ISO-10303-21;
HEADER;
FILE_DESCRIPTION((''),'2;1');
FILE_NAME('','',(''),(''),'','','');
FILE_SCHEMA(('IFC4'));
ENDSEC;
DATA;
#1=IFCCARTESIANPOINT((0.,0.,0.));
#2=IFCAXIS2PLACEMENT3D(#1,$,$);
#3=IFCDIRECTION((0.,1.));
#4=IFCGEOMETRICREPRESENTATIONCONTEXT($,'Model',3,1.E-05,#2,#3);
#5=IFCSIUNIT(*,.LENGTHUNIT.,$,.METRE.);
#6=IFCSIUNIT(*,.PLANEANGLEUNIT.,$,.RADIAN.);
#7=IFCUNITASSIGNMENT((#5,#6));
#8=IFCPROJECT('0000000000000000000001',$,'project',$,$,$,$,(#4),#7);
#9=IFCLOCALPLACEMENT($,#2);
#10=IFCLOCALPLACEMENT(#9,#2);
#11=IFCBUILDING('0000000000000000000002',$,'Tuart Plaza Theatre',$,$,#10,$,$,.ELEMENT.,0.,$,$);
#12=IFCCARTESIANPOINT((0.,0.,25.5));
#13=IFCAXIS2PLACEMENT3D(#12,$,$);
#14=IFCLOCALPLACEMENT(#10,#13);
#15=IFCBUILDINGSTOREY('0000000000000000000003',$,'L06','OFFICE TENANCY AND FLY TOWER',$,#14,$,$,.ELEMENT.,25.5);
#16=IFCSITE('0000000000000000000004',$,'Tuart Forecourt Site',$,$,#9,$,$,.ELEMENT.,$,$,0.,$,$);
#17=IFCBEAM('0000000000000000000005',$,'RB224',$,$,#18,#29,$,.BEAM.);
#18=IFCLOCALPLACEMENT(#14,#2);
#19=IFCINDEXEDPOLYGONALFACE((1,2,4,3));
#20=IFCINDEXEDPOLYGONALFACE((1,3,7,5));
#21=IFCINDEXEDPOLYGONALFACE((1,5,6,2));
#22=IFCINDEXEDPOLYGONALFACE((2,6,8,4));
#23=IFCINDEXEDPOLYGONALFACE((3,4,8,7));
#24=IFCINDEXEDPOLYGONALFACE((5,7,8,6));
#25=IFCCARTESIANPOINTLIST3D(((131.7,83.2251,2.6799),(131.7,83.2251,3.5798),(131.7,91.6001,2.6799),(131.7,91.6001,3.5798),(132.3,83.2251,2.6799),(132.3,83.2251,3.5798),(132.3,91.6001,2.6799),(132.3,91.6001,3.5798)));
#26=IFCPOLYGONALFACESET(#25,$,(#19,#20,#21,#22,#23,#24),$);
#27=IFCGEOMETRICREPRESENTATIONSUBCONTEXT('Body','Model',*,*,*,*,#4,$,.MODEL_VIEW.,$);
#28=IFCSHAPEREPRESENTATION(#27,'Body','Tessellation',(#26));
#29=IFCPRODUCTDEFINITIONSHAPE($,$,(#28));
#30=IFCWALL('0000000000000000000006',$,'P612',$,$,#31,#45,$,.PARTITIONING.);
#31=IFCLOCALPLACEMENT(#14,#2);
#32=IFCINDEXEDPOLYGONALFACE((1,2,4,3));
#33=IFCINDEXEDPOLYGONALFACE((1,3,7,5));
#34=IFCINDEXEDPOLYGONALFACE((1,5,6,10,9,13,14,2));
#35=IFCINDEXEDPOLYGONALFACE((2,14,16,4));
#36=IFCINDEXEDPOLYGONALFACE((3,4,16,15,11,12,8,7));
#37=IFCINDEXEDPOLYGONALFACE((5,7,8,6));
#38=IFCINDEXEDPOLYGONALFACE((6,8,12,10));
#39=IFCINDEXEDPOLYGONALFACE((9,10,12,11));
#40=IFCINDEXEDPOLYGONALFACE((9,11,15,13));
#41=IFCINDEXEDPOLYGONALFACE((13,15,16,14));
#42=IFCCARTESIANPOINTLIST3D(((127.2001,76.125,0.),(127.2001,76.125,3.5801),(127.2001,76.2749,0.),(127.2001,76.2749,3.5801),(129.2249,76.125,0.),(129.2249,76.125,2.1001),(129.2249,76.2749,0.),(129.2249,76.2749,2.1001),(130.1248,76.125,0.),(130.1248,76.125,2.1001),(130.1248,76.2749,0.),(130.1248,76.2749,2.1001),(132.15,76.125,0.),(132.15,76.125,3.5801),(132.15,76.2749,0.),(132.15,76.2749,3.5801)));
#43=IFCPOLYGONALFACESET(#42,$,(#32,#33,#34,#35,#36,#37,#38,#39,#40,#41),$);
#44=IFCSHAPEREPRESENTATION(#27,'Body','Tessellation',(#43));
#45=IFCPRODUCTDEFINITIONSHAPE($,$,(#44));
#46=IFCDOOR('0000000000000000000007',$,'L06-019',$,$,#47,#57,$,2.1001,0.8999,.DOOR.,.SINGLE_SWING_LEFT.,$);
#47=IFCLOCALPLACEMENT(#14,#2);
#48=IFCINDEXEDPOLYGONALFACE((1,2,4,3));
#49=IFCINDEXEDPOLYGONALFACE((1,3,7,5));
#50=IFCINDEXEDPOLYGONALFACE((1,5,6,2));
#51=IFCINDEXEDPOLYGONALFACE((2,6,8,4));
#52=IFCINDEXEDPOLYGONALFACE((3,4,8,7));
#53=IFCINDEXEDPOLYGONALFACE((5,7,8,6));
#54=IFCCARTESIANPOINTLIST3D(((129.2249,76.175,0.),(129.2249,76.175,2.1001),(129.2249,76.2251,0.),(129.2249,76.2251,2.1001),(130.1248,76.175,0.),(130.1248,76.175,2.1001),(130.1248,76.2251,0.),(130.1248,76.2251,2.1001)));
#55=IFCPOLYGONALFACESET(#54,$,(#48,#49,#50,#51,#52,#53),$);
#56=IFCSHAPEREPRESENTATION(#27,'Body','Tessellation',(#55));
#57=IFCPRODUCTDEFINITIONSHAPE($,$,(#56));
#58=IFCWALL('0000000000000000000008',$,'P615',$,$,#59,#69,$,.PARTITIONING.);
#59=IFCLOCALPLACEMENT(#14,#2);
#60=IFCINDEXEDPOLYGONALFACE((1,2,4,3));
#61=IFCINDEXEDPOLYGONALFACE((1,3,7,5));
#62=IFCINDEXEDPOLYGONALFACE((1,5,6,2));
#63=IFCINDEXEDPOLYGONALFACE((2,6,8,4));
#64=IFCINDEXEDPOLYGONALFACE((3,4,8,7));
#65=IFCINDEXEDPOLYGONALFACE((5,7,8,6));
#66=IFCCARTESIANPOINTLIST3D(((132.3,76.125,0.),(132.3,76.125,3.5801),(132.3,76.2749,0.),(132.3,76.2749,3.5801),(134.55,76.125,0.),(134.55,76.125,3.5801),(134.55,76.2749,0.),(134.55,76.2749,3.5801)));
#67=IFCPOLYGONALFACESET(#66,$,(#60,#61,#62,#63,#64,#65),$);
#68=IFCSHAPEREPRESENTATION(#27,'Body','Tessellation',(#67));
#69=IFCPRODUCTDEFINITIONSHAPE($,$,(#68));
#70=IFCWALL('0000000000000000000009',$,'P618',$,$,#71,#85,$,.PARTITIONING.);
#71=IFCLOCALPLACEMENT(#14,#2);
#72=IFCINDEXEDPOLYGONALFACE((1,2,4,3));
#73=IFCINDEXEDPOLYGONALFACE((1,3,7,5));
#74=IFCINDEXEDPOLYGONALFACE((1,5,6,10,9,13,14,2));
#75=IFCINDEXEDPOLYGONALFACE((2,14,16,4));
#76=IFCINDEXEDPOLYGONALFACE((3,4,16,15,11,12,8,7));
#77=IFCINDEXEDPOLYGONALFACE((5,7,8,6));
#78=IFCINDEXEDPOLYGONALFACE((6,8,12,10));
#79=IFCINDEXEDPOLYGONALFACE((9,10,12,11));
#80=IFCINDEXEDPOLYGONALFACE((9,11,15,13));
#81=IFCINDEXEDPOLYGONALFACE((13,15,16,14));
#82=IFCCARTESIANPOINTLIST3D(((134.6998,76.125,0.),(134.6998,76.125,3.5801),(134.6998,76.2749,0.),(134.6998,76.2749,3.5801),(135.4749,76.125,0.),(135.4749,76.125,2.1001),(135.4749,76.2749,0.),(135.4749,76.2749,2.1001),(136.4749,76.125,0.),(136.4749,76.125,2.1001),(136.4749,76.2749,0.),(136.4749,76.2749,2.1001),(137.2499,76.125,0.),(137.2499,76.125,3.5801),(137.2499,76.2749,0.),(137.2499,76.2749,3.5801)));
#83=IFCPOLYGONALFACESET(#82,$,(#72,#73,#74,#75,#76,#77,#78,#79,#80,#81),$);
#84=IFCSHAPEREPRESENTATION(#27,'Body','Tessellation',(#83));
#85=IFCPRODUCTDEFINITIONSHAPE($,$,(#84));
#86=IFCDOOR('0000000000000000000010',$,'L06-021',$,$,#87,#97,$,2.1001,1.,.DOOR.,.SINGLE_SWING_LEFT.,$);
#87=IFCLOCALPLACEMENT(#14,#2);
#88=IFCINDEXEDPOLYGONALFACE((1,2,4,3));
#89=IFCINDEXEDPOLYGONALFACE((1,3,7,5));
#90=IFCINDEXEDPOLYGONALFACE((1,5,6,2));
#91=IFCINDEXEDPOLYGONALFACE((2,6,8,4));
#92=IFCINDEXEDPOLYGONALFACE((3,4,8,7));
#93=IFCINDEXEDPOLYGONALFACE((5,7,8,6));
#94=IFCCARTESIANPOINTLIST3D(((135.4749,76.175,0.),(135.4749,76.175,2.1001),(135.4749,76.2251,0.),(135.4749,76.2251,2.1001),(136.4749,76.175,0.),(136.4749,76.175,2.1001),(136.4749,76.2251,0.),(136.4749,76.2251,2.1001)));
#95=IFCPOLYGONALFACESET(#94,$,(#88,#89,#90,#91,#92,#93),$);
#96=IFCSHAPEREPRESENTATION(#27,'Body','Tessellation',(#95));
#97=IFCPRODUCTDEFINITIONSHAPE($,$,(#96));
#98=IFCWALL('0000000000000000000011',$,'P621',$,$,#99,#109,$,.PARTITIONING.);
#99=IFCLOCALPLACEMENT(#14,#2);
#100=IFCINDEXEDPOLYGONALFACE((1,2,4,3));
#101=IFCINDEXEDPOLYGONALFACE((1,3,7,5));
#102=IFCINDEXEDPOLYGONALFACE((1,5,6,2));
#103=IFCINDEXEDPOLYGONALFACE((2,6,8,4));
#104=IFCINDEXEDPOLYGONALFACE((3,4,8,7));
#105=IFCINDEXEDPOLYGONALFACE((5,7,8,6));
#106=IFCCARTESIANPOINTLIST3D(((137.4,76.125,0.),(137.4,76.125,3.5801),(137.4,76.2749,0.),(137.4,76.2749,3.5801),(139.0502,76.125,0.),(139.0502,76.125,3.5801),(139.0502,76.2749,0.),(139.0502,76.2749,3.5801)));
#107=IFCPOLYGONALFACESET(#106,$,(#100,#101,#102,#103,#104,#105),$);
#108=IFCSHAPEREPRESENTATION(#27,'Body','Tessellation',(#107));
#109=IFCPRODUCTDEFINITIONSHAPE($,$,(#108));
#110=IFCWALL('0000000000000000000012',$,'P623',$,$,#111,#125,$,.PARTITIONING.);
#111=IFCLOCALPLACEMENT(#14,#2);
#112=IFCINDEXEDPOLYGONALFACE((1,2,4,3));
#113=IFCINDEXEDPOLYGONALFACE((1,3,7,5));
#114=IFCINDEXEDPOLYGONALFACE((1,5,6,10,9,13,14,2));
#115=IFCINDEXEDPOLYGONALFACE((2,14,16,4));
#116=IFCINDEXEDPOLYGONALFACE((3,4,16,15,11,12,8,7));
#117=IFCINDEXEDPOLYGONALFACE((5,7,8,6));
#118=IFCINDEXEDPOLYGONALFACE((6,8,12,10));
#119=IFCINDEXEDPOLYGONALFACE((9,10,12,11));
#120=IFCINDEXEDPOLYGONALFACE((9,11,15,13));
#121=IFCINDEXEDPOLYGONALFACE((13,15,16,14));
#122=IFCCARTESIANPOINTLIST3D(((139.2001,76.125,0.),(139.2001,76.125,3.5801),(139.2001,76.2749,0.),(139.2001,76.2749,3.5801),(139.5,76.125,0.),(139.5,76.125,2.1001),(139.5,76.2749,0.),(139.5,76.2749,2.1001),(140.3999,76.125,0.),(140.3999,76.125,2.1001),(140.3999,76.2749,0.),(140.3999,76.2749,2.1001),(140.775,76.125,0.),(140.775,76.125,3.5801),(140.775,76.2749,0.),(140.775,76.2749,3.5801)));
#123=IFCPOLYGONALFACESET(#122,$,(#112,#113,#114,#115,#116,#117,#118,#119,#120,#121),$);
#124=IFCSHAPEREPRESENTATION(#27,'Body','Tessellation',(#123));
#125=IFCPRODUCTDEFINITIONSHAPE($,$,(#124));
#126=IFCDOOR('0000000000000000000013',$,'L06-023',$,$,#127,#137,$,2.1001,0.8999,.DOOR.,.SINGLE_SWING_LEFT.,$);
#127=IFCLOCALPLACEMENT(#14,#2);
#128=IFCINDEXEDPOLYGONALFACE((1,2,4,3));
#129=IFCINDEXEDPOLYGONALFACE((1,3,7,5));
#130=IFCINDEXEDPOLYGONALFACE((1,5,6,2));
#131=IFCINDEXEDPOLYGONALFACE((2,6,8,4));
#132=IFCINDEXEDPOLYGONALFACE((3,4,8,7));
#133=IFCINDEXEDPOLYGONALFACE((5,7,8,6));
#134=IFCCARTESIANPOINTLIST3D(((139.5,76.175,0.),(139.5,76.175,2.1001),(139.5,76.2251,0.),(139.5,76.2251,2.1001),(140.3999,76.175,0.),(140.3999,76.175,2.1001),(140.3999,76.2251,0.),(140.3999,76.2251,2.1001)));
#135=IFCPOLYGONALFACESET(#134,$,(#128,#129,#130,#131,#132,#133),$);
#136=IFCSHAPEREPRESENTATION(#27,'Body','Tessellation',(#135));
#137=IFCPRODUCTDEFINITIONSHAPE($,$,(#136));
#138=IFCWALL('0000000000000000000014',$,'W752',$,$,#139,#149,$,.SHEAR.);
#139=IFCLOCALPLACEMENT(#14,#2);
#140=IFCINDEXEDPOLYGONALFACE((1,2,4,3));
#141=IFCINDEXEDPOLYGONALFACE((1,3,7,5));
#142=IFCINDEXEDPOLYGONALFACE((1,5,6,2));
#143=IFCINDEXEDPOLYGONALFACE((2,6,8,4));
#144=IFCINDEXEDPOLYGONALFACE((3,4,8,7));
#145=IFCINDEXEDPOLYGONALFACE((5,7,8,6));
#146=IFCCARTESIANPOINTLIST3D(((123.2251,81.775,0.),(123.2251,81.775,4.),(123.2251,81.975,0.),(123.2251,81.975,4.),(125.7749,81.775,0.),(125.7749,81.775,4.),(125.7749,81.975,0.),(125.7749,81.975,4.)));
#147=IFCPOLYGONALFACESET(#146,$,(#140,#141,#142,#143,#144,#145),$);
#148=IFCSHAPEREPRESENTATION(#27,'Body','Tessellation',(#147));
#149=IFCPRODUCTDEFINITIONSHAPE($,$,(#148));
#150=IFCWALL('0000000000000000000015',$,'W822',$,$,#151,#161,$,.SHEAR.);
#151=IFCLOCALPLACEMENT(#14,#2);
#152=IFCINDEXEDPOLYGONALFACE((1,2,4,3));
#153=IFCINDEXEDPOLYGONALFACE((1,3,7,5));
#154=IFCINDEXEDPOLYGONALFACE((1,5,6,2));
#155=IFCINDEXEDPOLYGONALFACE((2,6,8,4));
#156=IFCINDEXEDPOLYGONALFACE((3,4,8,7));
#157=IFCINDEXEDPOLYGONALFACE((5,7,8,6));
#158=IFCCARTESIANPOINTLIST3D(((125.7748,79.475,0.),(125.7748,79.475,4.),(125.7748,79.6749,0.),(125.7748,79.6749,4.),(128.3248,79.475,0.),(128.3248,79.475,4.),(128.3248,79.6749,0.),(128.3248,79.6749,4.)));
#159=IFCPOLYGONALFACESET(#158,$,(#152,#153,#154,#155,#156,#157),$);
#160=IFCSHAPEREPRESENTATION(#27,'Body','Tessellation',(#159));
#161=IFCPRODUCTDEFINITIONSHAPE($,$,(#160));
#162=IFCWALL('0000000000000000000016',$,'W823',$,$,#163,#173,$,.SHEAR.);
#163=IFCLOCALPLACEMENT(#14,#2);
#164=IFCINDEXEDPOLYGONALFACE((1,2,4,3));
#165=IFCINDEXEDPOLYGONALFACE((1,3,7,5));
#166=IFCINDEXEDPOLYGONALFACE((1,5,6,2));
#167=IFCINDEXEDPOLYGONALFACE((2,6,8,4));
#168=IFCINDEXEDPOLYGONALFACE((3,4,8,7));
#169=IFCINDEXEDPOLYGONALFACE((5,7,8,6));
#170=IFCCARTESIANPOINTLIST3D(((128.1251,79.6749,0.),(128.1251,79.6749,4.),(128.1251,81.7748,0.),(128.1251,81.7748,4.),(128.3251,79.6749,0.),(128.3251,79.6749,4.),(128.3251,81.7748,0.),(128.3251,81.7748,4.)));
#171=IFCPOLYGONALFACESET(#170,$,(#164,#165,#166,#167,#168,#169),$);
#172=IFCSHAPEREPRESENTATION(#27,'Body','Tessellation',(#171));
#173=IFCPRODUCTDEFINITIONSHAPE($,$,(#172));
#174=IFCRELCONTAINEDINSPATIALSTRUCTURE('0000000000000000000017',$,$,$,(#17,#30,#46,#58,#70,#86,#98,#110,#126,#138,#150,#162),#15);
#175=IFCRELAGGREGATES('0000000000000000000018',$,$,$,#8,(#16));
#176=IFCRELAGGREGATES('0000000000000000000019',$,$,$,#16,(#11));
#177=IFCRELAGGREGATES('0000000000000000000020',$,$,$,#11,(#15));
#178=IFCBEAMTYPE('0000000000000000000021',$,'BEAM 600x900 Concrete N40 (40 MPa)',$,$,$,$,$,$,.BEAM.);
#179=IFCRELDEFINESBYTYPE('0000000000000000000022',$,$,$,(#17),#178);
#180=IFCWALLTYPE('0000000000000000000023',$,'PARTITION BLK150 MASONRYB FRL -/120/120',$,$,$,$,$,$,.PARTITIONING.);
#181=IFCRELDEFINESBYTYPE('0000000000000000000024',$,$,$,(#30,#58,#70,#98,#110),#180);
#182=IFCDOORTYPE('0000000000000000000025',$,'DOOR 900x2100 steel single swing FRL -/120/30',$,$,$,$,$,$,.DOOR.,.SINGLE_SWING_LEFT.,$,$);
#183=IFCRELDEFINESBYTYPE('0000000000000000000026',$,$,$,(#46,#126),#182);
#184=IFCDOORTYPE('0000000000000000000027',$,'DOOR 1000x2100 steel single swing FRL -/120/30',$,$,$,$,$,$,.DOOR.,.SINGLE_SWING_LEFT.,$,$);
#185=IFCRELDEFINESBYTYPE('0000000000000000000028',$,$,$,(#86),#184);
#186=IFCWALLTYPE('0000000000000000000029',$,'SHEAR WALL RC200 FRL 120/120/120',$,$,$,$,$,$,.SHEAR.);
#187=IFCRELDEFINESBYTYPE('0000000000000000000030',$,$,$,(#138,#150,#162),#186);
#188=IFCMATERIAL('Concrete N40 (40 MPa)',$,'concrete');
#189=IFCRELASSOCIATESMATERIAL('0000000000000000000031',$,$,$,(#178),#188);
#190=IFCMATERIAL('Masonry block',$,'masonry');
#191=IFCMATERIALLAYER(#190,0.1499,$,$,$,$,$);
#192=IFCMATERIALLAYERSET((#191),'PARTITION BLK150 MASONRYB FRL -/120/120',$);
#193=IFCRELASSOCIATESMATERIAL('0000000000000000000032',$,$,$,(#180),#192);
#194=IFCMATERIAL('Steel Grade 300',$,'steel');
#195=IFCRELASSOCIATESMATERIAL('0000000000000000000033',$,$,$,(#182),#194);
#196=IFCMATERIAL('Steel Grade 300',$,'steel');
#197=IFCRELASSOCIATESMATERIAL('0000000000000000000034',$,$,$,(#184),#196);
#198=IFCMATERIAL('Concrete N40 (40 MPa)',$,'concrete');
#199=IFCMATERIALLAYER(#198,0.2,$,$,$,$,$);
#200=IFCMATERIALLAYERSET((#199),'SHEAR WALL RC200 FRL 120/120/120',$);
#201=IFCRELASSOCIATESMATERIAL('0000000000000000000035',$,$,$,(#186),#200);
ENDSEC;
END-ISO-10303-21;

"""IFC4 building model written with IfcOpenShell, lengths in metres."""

from ifc_helpers import new_model, si_unit, direction, frame, frame_2d, origin, origin_2d, place, context, subcontext, project, spatial, rectangle, extrude, material, layer, layer_set, material_profile, profile_set, type_object, element, fill, save


model = new_model("IFC4")

# Units and contexts
model_context = context("Model", 3, precision=1e-05, world=origin(), true_north=direction((0.0, 1.0)))
body_context = subcontext(model_context, "Body", "Model", "MODEL_VIEW")
ifc_project = project(units=[si_unit("LENGTHUNIT", "METRE"), si_unit("PLANEANGLEUNIT", "RADIAN")], contexts=[model_context])

# Site, building, storey
site_placement = place(None, origin())
site = spatial("IfcSite", under=ifc_project, at=site_placement, Name="Tuart Forecourt Site", CompositionType="ELEMENT", RefElevation=0.0)
building_placement = place(site_placement, origin())
building = spatial("IfcBuilding", under=site, at=building_placement, Name="Tuart Plaza Theatre", CompositionType="ELEMENT", ElevationOfRefHeight=0.0)
storey_placement = place(building_placement, frame((0.0, 0.0, 25.5)))
storey = spatial("IfcBuildingStorey", under=building, at=storey_placement, Name="L06", Description="OFFICE TENANCY AND FLY TOWER", CompositionType="ELEMENT", Elevation=25.5)

# Beam
ifc_material_1 = material(Name="Concrete N40 (40 MPa)", Category="concrete")
ifc_material_profile = material_profile(ifc_material_1, rectangle(XDim=0.6001, YDim=0.8999, at=origin_2d()), Name="BEAM 600x900 Concrete N40 (40 MPa)")
ifc_profile_set = profile_set([ifc_material_profile], Name="Concrete N40 (40 MPa)")
beam_type = type_object("IfcBeamType", Name="BEAM 600x900 Concrete N40 (40 MPa)", PredefinedType="BEAM", material=ifc_profile_set)
beam_placement = place(storey_placement, frame((132.0, 83.2251, 3.1299), z_axis=(0.0, 1.0, 0.0), x_axis=(-1.0, 0.0, 0.0)))
element("IfcBeam", 1, at=beam_placement, inside=storey, type_object=beam_type, Name="RB224", PredefinedType="BEAM", context=body_context, shape_type="SweptSolid", body=[
    extrude(rectangle(XDim=0.6001, YDim=0.8999, at=origin_2d()), origin(), (0.0, 0.0, 1.0), 8.375),
])

# Wall, opening, door
ifc_material_2 = material(Name="Masonry block", Category="masonry")
ifc_layer_1 = layer(ifc_material_2, 0.1499)
ifc_layer_set_1 = layer_set([ifc_layer_1], Name="PARTITION BLK150 MASONRYB FRL -/120/120")
wall_type_1 = type_object("IfcWallType", Name="PARTITION BLK150 MASONRYB FRL -/120/120", PredefinedType="PARTITIONING", material=ifc_layer_set_1)
wall_1_placement = place(storey_placement, frame((127.2, 76.2, 0.0), z_axis=(0.0, 0.0, 1.0), x_axis=(1.0, 0.0, 0.0)))
wall_1 = element("IfcWall", 2, at=wall_1_placement, inside=storey, type_object=wall_type_1, Name="P612", PredefinedType="PARTITIONING", context=body_context, shape_type="SweptSolid", body=[
    extrude(rectangle(XDim=4.95, YDim=0.1499, at=frame_2d((2.4751, 0.0))), origin(), (0.0, 0.0, 1.0), 3.5801),
])
opening_1_placement = place(wall_1_placement, frame((2.0249, 0.0, 0.0)))
opening_1 = element("IfcOpeningElement", 3, at=opening_1_placement, cuts=wall_1, PredefinedType="OPENING", context=body_context, shape_type="SweptSolid", body=[
    extrude(rectangle(XDim=0.8999, YDim=2.1001, at=frame_2d((0.45, 1.05))), frame((0.0, 0.085, 0.0), z_axis=(0.0, -1.0, 0.0), x_axis=(1.0, 0.0, 0.0)), (0.0, 0.0, 1.0), 0.1699),
])
ifc_material_3 = material(Name="Steel Grade 300", Category="steel")
door_type_1 = type_object("IfcDoorType", Name="DOOR 900x2100 steel single swing FRL -/120/30", OperationType="SINGLE_SWING_LEFT", PredefinedType="DOOR", material=ifc_material_3)
door_1_placement = place(opening_1_placement, frame((0.8999, 0.0, 0.0), z_axis=(0.0, 0.0, 1.0), x_axis=(-1.0, 0.0, 0.0)))
door_1 = element("IfcDoor", 4, at=door_1_placement, inside=storey, type_object=door_type_1, Name="L06-019", OperationType="SINGLE_SWING_LEFT", OverallHeight=2.1001, OverallWidth=0.8999, PredefinedType="DOOR", context=body_context, shape_type="SweptSolid", body=[
    extrude(rectangle(XDim=0.8999, YDim=2.1001, at=frame_2d((0.45, 1.05))), frame((0.0, 0.0249, 0.0), z_axis=(0.0, -1.0, 0.0), x_axis=(1.0, 0.0, 0.0)), (0.0, 0.0, 1.0), 0.05),
])
fill(opening_1, door_1)

# Wall
wall_2_placement = place(storey_placement, frame((132.3, 76.2, 0.0), z_axis=(0.0, 0.0, 1.0), x_axis=(1.0, 0.0, 0.0)))
element("IfcWall", 5, at=wall_2_placement, inside=storey, type_object=wall_type_1, Name="P615", PredefinedType="PARTITIONING", context=body_context, shape_type="SweptSolid", body=[
    extrude(rectangle(XDim=2.25, YDim=0.1499, at=frame_2d((1.125, 0.0))), origin(), (0.0, 0.0, 1.0), 3.5801),
])

# Wall, opening, door
wall_3_placement = place(storey_placement, frame((134.7, 76.2, 0.0), z_axis=(0.0, 0.0, 1.0), x_axis=(1.0, 0.0, 0.0)))
wall_3 = element("IfcWall", 6, at=wall_3_placement, inside=storey, type_object=wall_type_1, Name="P618", PredefinedType="PARTITIONING", context=body_context, shape_type="SweptSolid", body=[
    extrude(rectangle(XDim=2.55, YDim=0.1499, at=frame_2d((1.2749, 0.0))), origin(), (0.0, 0.0, 1.0), 3.5801),
])
opening_2_placement = place(wall_3_placement, frame((0.7749, 0.0, 0.0)))
opening_2 = element("IfcOpeningElement", 7, at=opening_2_placement, cuts=wall_3, PredefinedType="OPENING", context=body_context, shape_type="SweptSolid", body=[
    extrude(rectangle(XDim=1.0, YDim=2.1001, at=frame_2d((0.5, 1.05))), frame((0.0, 0.085, 0.0), z_axis=(0.0, -1.0, 0.0), x_axis=(1.0, 0.0, 0.0)), (0.0, 0.0, 1.0), 0.1699),
])
ifc_material_4 = material(Name="Steel Grade 300", Category="steel")
door_type_2 = type_object("IfcDoorType", Name="DOOR 1000x2100 steel single swing FRL -/120/30", OperationType="SINGLE_SWING_LEFT", PredefinedType="DOOR", material=ifc_material_4)
door_2_placement = place(opening_2_placement, frame((1.0, 0.0, 0.0), z_axis=(0.0, 0.0, 1.0), x_axis=(-1.0, 0.0, 0.0)))
door_2 = element("IfcDoor", 8, at=door_2_placement, inside=storey, type_object=door_type_2, Name="L06-021", OperationType="SINGLE_SWING_LEFT", OverallHeight=2.1001, OverallWidth=1.0, PredefinedType="DOOR", context=body_context, shape_type="SweptSolid", body=[
    extrude(rectangle(XDim=1.0, YDim=2.1001, at=frame_2d((0.5, 1.05))), frame((0.0, 0.0249, 0.0), z_axis=(0.0, -1.0, 0.0), x_axis=(1.0, 0.0, 0.0)), (0.0, 0.0, 1.0), 0.05),
])
fill(opening_2, door_2)

# Wall
wall_4_placement = place(storey_placement, frame((137.3999, 76.2, 0.0), z_axis=(0.0, 0.0, 1.0), x_axis=(1.0, 0.0, 0.0)))
element("IfcWall", 9, at=wall_4_placement, inside=storey, type_object=wall_type_1, Name="P621", PredefinedType="PARTITIONING", context=body_context, shape_type="SweptSolid", body=[
    extrude(rectangle(XDim=1.6501, YDim=0.1499, at=frame_2d((0.8252, 0.0))), origin(), (0.0, 0.0, 1.0), 3.5801),
])

# Wall, opening, door
wall_5_placement = place(storey_placement, frame((139.2, 76.2, 0.0), z_axis=(0.0, 0.0, 1.0), x_axis=(1.0, 0.0, 0.0)))
wall_5 = element("IfcWall", 10, at=wall_5_placement, inside=storey, type_object=wall_type_1, Name="P623", PredefinedType="PARTITIONING", context=body_context, shape_type="SweptSolid", body=[
    extrude(rectangle(XDim=1.575, YDim=0.1499, at=frame_2d((0.7876, 0.0))), origin(), (0.0, 0.0, 1.0), 3.5801),
])
opening_3_placement = place(wall_5_placement, frame((0.3, 0.0, 0.0)))
opening_3 = element("IfcOpeningElement", 11, at=opening_3_placement, cuts=wall_5, PredefinedType="OPENING", context=body_context, shape_type="SweptSolid", body=[
    extrude(rectangle(XDim=0.8999, YDim=2.1001, at=frame_2d((0.45, 1.05))), frame((0.0, 0.085, 0.0), z_axis=(0.0, -1.0, 0.0), x_axis=(1.0, 0.0, 0.0)), (0.0, 0.0, 1.0), 0.1699),
])
door_3_placement = place(opening_3_placement, frame((0.8999, 0.0, 0.0), z_axis=(0.0, 0.0, 1.0), x_axis=(-1.0, 0.0, 0.0)))
door_3 = element("IfcDoor", 12, at=door_3_placement, inside=storey, type_object=door_type_1, Name="L06-023", OperationType="SINGLE_SWING_LEFT", OverallHeight=2.1001, OverallWidth=0.8999, PredefinedType="DOOR", context=body_context, shape_type="SweptSolid", body=[
    extrude(rectangle(XDim=0.8999, YDim=2.1001, at=frame_2d((0.45, 1.05))), frame((0.0, 0.0249, 0.0), z_axis=(0.0, -1.0, 0.0), x_axis=(1.0, 0.0, 0.0)), (0.0, 0.0, 1.0), 0.05),
])
fill(opening_3, door_3)

# Walls
ifc_material_5 = material(Name="Concrete N40 (40 MPa)", Category="concrete")
ifc_layer_2 = layer(ifc_material_5, 0.2)
ifc_layer_set_2 = layer_set([ifc_layer_2], Name="SHEAR WALL RC200 FRL 120/120/120")
wall_type_2 = type_object("IfcWallType", Name="SHEAR WALL RC200 FRL 120/120/120", PredefinedType="SHEAR", material=ifc_layer_set_2)
wall_6_placement = place(storey_placement, frame((125.7749, 81.875, 0.0), z_axis=(0.0, 0.0, 1.0), x_axis=(-1.0, 0.0, 0.0)))
element("IfcWall", 13, at=wall_6_placement, inside=storey, type_object=wall_type_2, Name="W752", PredefinedType="SHEAR", context=body_context, shape_type="SweptSolid", body=[
    extrude(rectangle(XDim=2.5498, YDim=0.2, at=frame_2d((1.2749, 0.0))), origin(), (0.0, 0.0, 1.0), 4.0),
])
wall_7_placement = place(storey_placement, frame((125.7749, 79.575, 0.0), z_axis=(0.0, 0.0, 1.0), x_axis=(1.0, 0.0, 0.0)))
element("IfcWall", 14, at=wall_7_placement, inside=storey, type_object=wall_type_2, Name="W822", PredefinedType="SHEAR", context=body_context, shape_type="SweptSolid", body=[
    extrude(rectangle(XDim=2.55, YDim=0.2, at=frame_2d((1.2749, 0.0))), origin(), (0.0, 0.0, 1.0), 4.0),
])
wall_8_placement = place(storey_placement, frame((128.2251, 79.675, 0.0), z_axis=(0.0, 0.0, 1.0), x_axis=(0.0, 1.0, 0.0)))
element("IfcWall", 15, at=wall_8_placement, inside=storey, type_object=wall_type_2, Name="W823", PredefinedType="SHEAR", context=body_context, shape_type="SweptSolid", body=[
    extrude(rectangle(XDim=2.0999, YDim=0.2, at=frame_2d((1.0498, 0.0))), origin(), (0.0, 0.0, 1.0), 4.0),
])

save(model, "model.ifc")
